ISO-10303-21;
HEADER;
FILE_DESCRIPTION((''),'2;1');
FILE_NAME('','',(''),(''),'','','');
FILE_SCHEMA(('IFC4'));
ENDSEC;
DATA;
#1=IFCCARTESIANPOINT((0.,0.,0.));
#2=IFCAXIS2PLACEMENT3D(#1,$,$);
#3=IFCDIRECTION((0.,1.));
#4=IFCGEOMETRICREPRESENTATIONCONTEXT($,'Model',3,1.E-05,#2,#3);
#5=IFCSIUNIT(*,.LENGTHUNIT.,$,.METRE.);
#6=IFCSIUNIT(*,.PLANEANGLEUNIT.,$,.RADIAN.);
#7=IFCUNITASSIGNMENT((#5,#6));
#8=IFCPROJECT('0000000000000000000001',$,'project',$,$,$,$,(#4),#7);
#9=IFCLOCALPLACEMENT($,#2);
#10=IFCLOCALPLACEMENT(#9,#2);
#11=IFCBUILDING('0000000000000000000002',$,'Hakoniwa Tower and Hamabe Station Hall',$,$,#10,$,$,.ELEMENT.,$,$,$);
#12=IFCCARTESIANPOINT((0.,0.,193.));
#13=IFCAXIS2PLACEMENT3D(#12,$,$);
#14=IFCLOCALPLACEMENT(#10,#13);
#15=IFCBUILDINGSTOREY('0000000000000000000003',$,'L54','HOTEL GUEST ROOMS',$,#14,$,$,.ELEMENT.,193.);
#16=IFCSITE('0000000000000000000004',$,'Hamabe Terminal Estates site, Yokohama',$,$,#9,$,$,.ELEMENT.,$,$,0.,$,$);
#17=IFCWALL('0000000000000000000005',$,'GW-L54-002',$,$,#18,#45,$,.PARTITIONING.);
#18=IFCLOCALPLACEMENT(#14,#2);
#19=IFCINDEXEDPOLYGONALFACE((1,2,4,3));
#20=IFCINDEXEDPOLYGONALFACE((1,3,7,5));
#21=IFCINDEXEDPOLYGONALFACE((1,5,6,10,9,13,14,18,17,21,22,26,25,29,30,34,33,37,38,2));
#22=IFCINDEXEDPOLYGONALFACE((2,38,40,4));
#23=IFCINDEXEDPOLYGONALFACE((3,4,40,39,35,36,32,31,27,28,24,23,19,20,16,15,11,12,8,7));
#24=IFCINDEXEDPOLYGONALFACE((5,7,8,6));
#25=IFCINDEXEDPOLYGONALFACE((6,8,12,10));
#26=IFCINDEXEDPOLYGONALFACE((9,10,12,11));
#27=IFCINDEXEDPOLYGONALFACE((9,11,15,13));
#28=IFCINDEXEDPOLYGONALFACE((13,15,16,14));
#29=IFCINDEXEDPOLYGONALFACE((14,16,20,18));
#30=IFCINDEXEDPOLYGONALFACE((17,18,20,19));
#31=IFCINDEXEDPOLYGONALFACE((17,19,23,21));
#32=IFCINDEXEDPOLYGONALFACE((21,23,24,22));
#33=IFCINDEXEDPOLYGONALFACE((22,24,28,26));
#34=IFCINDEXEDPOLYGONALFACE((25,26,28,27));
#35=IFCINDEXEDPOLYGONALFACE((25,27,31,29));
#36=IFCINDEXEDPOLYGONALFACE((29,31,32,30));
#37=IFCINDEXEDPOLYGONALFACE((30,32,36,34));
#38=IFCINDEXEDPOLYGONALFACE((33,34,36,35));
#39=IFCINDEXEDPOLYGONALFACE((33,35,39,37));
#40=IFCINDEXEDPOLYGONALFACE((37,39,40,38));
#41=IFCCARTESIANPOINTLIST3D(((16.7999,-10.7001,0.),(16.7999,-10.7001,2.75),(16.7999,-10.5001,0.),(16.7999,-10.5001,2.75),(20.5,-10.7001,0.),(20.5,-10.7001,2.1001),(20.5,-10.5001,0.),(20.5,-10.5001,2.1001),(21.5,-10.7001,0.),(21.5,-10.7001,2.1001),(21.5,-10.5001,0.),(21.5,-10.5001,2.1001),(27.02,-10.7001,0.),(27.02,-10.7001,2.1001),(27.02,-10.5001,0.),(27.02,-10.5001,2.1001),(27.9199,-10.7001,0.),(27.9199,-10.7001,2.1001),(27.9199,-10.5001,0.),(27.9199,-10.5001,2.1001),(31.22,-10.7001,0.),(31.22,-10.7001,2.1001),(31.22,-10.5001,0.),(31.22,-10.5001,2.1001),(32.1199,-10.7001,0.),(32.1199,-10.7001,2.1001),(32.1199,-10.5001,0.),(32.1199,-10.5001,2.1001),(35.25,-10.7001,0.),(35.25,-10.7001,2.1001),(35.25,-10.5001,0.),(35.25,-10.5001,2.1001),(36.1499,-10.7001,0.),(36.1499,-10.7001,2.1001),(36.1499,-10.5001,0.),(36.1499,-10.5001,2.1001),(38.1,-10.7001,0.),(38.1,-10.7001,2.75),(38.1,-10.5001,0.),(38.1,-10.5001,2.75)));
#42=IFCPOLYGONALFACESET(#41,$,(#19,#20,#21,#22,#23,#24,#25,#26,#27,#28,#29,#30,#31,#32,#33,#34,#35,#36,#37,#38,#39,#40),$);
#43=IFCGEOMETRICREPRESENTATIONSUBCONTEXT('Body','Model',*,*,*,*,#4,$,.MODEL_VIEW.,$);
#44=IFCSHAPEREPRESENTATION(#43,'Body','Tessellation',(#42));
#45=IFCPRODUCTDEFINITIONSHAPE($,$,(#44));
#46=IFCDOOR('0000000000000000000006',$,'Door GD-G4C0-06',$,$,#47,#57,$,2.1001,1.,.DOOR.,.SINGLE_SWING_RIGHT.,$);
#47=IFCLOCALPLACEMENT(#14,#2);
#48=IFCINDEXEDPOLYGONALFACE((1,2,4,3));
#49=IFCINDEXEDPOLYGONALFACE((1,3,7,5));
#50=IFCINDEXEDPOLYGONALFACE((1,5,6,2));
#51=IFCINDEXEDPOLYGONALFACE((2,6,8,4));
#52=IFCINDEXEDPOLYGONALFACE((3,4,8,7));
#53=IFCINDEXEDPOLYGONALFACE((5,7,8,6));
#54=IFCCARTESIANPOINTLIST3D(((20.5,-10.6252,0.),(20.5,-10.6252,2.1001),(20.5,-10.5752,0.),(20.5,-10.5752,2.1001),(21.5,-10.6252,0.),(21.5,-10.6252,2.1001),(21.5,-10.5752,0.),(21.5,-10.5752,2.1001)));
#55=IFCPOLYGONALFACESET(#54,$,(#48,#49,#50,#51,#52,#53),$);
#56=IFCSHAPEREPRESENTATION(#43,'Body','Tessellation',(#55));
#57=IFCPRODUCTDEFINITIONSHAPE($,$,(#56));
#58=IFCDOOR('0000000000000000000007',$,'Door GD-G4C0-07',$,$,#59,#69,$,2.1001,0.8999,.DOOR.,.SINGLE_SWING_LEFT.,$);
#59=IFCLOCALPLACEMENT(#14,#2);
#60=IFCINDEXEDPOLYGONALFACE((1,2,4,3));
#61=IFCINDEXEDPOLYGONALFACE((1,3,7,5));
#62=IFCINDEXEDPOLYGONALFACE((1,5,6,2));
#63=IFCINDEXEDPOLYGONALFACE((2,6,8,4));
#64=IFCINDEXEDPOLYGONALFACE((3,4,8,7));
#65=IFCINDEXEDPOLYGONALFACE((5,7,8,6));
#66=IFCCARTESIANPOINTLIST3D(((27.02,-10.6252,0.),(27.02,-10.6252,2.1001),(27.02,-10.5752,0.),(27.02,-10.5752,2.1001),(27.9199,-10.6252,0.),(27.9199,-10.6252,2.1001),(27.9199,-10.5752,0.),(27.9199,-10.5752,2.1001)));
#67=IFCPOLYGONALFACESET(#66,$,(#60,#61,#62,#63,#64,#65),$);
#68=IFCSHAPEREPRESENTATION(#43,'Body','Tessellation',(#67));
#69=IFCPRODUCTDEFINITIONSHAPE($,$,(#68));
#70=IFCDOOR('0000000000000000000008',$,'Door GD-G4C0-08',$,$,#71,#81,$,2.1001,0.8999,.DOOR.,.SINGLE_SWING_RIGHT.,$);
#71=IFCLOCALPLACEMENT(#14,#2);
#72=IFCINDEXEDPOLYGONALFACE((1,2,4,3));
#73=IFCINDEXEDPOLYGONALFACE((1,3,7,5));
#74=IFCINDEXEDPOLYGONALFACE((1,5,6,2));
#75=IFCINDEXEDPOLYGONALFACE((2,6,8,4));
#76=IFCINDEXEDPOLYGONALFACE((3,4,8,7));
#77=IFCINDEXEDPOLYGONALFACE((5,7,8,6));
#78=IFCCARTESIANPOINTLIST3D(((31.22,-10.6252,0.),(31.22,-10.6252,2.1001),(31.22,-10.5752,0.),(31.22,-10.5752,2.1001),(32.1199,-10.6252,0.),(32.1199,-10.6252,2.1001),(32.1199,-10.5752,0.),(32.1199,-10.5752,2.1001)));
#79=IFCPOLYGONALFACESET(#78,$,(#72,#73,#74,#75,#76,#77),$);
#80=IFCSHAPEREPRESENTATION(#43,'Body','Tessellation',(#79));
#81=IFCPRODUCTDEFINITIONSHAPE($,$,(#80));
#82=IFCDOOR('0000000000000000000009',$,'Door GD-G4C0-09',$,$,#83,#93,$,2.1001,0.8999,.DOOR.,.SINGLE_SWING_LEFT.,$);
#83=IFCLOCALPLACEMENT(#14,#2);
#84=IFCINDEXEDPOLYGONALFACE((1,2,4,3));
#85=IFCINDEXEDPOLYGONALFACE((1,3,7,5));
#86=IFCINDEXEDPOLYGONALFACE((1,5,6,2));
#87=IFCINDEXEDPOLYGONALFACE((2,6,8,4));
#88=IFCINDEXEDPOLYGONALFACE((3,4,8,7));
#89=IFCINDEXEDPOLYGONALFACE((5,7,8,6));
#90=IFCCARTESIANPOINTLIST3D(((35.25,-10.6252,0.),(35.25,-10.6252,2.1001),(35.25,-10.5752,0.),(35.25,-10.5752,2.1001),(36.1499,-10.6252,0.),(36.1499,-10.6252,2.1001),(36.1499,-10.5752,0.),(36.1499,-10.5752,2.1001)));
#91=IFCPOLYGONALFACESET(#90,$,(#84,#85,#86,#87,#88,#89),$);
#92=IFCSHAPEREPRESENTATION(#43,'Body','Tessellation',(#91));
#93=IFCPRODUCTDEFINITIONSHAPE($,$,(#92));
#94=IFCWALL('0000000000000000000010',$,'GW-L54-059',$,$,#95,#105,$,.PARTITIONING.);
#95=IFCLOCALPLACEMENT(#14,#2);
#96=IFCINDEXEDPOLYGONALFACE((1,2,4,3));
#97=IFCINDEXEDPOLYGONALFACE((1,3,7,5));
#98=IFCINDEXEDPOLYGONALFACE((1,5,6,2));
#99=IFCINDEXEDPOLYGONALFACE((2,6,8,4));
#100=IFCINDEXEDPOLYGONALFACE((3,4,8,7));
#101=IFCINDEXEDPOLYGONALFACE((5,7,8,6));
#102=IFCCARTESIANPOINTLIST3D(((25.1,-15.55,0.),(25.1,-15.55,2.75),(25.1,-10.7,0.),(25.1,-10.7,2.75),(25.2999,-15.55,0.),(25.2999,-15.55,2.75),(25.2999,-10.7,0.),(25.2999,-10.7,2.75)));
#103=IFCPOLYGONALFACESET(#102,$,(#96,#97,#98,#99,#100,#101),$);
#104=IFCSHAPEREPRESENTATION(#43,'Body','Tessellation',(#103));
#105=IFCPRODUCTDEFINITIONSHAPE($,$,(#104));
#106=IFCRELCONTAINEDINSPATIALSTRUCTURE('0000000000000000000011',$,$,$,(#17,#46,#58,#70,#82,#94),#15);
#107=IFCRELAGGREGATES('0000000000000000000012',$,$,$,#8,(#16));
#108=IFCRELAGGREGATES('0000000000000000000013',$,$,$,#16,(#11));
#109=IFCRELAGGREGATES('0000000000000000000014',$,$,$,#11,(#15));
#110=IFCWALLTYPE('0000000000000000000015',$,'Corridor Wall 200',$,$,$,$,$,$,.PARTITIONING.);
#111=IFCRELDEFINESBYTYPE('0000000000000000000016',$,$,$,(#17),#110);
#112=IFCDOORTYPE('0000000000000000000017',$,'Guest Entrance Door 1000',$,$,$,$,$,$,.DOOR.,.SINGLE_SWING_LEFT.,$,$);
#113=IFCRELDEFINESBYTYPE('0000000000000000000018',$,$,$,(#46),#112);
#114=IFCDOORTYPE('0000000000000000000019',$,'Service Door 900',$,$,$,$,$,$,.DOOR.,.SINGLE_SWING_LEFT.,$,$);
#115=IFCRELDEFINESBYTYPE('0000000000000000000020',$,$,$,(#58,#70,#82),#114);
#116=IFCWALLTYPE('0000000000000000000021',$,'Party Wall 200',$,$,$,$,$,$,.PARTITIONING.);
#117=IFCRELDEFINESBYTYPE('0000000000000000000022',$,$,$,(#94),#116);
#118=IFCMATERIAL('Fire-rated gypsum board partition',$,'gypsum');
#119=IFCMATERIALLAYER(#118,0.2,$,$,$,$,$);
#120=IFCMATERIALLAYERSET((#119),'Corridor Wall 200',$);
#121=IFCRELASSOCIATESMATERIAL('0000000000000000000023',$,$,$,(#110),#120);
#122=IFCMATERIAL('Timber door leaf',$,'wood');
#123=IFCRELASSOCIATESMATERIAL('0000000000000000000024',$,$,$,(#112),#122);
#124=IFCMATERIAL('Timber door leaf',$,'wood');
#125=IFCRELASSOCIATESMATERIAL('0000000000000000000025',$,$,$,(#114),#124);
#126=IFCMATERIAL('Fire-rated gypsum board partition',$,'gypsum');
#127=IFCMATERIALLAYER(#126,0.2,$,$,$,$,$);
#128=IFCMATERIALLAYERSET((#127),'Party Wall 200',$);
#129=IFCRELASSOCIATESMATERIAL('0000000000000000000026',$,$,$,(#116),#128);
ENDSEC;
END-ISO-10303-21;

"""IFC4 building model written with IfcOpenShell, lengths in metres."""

from ifc_helpers import new_model, si_unit, direction, frame, frame_2d, origin, place, context, subcontext, project, spatial, rectangle, extrude, material, layer, layer_set, type_object, element, fill, save


model = new_model("IFC4")

# Units and contexts
model_context = context("Model", 3, precision=1e-05, world=origin(), true_north=direction((0.0, 1.0)))
body_context = subcontext(model_context, "Body", "Model", "MODEL_VIEW")
ifc_project = project(units=[si_unit("LENGTHUNIT", "METRE"), si_unit("PLANEANGLEUNIT", "RADIAN")], contexts=[model_context])

# Site, building, storey
site_placement = place(None, origin())
site = spatial("IfcSite", under=ifc_project, at=site_placement, Name="Hamabe Terminal Estates site, Yokohama", CompositionType="ELEMENT", RefElevation=0.0)
building_placement = place(site_placement, origin())
building = spatial("IfcBuilding", under=site, at=building_placement, Name="Hakoniwa Tower and Hamabe Station Hall", CompositionType="ELEMENT")
storey_placement = place(building_placement, frame((0.0, 0.0, 193.0)))
storey = spatial("IfcBuildingStorey", under=building, at=storey_placement, Name="L54", Description="HOTEL GUEST ROOMS", CompositionType="ELEMENT", Elevation=193.0)

# Wall, openings, doors
ifc_material_1 = material(Name="Fire-rated gypsum board partition", Category="gypsum")
ifc_layer_1 = layer(ifc_material_1, 0.2)
ifc_layer_set_1 = layer_set([ifc_layer_1], Name="Corridor Wall 200")
wall_type_1 = type_object("IfcWallType", Name="Corridor Wall 200", PredefinedType="PARTITIONING", material=ifc_layer_set_1)
wall_1_placement = place(storey_placement, frame((16.8, -10.6001, 0.0), z_axis=(0.0, 0.0, 1.0), x_axis=(1.0, 0.0, 0.0)))
wall_1 = element("IfcWall", 1, at=wall_1_placement, inside=storey, type_object=wall_type_1, Name="GW-L54-002", PredefinedType="PARTITIONING", context=body_context, shape_type="SweptSolid", body=[
    extrude(rectangle(XDim=21.3, YDim=0.2, at=frame_2d((10.6499, 0.0))), origin(), (0.0, 0.0, 1.0), 2.75),
])
opening_1_placement = place(wall_1_placement, frame((3.7, 0.0, 0.0)))
opening_1 = element("IfcOpeningElement", 2, at=opening_1_placement, cuts=wall_1, PredefinedType="OPENING", context=body_context, shape_type="SweptSolid", body=[
    extrude(rectangle(XDim=1.0, YDim=2.1001, at=frame_2d((0.5, 1.05))), frame((0.0, 0.1099, 0.0), z_axis=(0.0, -1.0, 0.0), x_axis=(1.0, 0.0, 0.0)), (0.0, 0.0, 1.0), 0.22),
])
opening_2_placement = place(wall_1_placement, frame((10.22, 0.0, 0.0)))
opening_2 = element("IfcOpeningElement", 3, at=opening_2_placement, cuts=wall_1, PredefinedType="OPENING", context=body_context, shape_type="SweptSolid", body=[
    extrude(rectangle(XDim=0.8999, YDim=2.1001, at=frame_2d((0.45, 1.05))), frame((0.0, 0.1099, 0.0), z_axis=(0.0, -1.0, 0.0), x_axis=(1.0, 0.0, 0.0)), (0.0, 0.0, 1.0), 0.22),
])
opening_3_placement = place(wall_1_placement, frame((14.4199, 0.0, 0.0)))
opening_3 = element("IfcOpeningElement", 4, at=opening_3_placement, cuts=wall_1, PredefinedType="OPENING", context=body_context, shape_type="SweptSolid", body=[
    extrude(rectangle(XDim=0.8999, YDim=2.1001, at=frame_2d((0.45, 1.05))), frame((0.0, 0.1099, 0.0), z_axis=(0.0, -1.0, 0.0), x_axis=(1.0, 0.0, 0.0)), (0.0, 0.0, 1.0), 0.22),
])
opening_4_placement = place(wall_1_placement, frame((18.45, 0.0, 0.0)))
opening_4 = element("IfcOpeningElement", 5, at=opening_4_placement, cuts=wall_1, PredefinedType="OPENING", context=body_context, shape_type="SweptSolid", body=[
    extrude(rectangle(XDim=0.8999, YDim=2.1001, at=frame_2d((0.45, 1.05))), frame((0.0, 0.1099, 0.0), z_axis=(0.0, -1.0, 0.0), x_axis=(1.0, 0.0, 0.0)), (0.0, 0.0, 1.0), 0.22),
])
ifc_material_2 = material(Name="Timber door leaf", Category="wood")
door_type_1 = type_object("IfcDoorType", Name="Guest Entrance Door 1000", OperationType="SINGLE_SWING_LEFT", PredefinedType="DOOR", material=ifc_material_2)
door_1_placement = place(opening_1_placement, origin())
door_1 = element("IfcDoor", 6, at=door_1_placement, inside=storey, type_object=door_type_1, Name="Door GD-G4C0-06", OperationType="SINGLE_SWING_RIGHT", OverallHeight=2.1001, OverallWidth=1.0, PredefinedType="DOOR", context=body_context, shape_type="SweptSolid", body=[
    extrude(rectangle(XDim=1.0, YDim=2.1001, at=frame_2d((0.5, 1.05))), frame((0.0, 0.0249, 0.0), z_axis=(0.0, -1.0, 0.0), x_axis=(1.0, 0.0, 0.0)), (0.0, 0.0, 1.0), 0.05),
])
fill(opening_1, door_1)
ifc_material_3 = material(Name="Timber door leaf", Category="wood")
door_type_2 = type_object("IfcDoorType", Name="Service Door 900", OperationType="SINGLE_SWING_LEFT", PredefinedType="DOOR", material=ifc_material_3)
door_2_placement = place(opening_2_placement, origin())
door_2 = element("IfcDoor", 7, at=door_2_placement, inside=storey, type_object=door_type_2, Name="Door GD-G4C0-07", OperationType="SINGLE_SWING_LEFT", OverallHeight=2.1001, OverallWidth=0.8999, PredefinedType="DOOR", context=body_context, shape_type="SweptSolid", body=[
    extrude(rectangle(XDim=0.8999, YDim=2.1001, at=frame_2d((0.45, 1.05))), frame((0.0, 0.0249, 0.0), z_axis=(0.0, -1.0, 0.0), x_axis=(1.0, 0.0, 0.0)), (0.0, 0.0, 1.0), 0.05),
])
fill(opening_2, door_2)
door_3_placement = place(opening_3_placement, origin())
door_3 = element("IfcDoor", 8, at=door_3_placement, inside=storey, type_object=door_type_2, Name="Door GD-G4C0-08", OperationType="SINGLE_SWING_RIGHT", OverallHeight=2.1001, OverallWidth=0.8999, PredefinedType="DOOR", context=body_context, shape_type="SweptSolid", body=[
    extrude(rectangle(XDim=0.8999, YDim=2.1001, at=frame_2d((0.45, 1.05))), frame((0.0, 0.0249, 0.0), z_axis=(0.0, -1.0, 0.0), x_axis=(1.0, 0.0, 0.0)), (0.0, 0.0, 1.0), 0.05),
])
fill(opening_3, door_3)
door_4_placement = place(opening_4_placement, origin())
door_4 = element("IfcDoor", 9, at=door_4_placement, inside=storey, type_object=door_type_2, Name="Door GD-G4C0-09", OperationType="SINGLE_SWING_LEFT", OverallHeight=2.1001, OverallWidth=0.8999, PredefinedType="DOOR", context=body_context, shape_type="SweptSolid", body=[
    extrude(rectangle(XDim=0.8999, YDim=2.1001, at=frame_2d((0.45, 1.05))), frame((0.0, 0.0249, 0.0), z_axis=(0.0, -1.0, 0.0), x_axis=(1.0, 0.0, 0.0)), (0.0, 0.0, 1.0), 0.05),
])
fill(opening_4, door_4)

# Wall
ifc_material_4 = material(Name="Fire-rated gypsum board partition", Category="gypsum")
ifc_layer_2 = layer(ifc_material_4, 0.2)
ifc_layer_set_2 = layer_set([ifc_layer_2], Name="Party Wall 200")
wall_type_2 = type_object("IfcWallType", Name="Party Wall 200", PredefinedType="PARTITIONING", material=ifc_layer_set_2)
wall_2_placement = place(storey_placement, frame((25.2, -15.55, 0.0), z_axis=(0.0, 0.0, 1.0), x_axis=(0.0, 1.0, 0.0)))
element("IfcWall", 10, at=wall_2_placement, inside=storey, type_object=wall_type_2, Name="GW-L54-059", PredefinedType="PARTITIONING", context=body_context, shape_type="SweptSolid", body=[
    extrude(rectangle(XDim=4.8501, YDim=0.2, at=frame_2d((2.425, 0.0))), origin(), (0.0, 0.0, 1.0), 2.75),
])

save(model, "model.ifc")
